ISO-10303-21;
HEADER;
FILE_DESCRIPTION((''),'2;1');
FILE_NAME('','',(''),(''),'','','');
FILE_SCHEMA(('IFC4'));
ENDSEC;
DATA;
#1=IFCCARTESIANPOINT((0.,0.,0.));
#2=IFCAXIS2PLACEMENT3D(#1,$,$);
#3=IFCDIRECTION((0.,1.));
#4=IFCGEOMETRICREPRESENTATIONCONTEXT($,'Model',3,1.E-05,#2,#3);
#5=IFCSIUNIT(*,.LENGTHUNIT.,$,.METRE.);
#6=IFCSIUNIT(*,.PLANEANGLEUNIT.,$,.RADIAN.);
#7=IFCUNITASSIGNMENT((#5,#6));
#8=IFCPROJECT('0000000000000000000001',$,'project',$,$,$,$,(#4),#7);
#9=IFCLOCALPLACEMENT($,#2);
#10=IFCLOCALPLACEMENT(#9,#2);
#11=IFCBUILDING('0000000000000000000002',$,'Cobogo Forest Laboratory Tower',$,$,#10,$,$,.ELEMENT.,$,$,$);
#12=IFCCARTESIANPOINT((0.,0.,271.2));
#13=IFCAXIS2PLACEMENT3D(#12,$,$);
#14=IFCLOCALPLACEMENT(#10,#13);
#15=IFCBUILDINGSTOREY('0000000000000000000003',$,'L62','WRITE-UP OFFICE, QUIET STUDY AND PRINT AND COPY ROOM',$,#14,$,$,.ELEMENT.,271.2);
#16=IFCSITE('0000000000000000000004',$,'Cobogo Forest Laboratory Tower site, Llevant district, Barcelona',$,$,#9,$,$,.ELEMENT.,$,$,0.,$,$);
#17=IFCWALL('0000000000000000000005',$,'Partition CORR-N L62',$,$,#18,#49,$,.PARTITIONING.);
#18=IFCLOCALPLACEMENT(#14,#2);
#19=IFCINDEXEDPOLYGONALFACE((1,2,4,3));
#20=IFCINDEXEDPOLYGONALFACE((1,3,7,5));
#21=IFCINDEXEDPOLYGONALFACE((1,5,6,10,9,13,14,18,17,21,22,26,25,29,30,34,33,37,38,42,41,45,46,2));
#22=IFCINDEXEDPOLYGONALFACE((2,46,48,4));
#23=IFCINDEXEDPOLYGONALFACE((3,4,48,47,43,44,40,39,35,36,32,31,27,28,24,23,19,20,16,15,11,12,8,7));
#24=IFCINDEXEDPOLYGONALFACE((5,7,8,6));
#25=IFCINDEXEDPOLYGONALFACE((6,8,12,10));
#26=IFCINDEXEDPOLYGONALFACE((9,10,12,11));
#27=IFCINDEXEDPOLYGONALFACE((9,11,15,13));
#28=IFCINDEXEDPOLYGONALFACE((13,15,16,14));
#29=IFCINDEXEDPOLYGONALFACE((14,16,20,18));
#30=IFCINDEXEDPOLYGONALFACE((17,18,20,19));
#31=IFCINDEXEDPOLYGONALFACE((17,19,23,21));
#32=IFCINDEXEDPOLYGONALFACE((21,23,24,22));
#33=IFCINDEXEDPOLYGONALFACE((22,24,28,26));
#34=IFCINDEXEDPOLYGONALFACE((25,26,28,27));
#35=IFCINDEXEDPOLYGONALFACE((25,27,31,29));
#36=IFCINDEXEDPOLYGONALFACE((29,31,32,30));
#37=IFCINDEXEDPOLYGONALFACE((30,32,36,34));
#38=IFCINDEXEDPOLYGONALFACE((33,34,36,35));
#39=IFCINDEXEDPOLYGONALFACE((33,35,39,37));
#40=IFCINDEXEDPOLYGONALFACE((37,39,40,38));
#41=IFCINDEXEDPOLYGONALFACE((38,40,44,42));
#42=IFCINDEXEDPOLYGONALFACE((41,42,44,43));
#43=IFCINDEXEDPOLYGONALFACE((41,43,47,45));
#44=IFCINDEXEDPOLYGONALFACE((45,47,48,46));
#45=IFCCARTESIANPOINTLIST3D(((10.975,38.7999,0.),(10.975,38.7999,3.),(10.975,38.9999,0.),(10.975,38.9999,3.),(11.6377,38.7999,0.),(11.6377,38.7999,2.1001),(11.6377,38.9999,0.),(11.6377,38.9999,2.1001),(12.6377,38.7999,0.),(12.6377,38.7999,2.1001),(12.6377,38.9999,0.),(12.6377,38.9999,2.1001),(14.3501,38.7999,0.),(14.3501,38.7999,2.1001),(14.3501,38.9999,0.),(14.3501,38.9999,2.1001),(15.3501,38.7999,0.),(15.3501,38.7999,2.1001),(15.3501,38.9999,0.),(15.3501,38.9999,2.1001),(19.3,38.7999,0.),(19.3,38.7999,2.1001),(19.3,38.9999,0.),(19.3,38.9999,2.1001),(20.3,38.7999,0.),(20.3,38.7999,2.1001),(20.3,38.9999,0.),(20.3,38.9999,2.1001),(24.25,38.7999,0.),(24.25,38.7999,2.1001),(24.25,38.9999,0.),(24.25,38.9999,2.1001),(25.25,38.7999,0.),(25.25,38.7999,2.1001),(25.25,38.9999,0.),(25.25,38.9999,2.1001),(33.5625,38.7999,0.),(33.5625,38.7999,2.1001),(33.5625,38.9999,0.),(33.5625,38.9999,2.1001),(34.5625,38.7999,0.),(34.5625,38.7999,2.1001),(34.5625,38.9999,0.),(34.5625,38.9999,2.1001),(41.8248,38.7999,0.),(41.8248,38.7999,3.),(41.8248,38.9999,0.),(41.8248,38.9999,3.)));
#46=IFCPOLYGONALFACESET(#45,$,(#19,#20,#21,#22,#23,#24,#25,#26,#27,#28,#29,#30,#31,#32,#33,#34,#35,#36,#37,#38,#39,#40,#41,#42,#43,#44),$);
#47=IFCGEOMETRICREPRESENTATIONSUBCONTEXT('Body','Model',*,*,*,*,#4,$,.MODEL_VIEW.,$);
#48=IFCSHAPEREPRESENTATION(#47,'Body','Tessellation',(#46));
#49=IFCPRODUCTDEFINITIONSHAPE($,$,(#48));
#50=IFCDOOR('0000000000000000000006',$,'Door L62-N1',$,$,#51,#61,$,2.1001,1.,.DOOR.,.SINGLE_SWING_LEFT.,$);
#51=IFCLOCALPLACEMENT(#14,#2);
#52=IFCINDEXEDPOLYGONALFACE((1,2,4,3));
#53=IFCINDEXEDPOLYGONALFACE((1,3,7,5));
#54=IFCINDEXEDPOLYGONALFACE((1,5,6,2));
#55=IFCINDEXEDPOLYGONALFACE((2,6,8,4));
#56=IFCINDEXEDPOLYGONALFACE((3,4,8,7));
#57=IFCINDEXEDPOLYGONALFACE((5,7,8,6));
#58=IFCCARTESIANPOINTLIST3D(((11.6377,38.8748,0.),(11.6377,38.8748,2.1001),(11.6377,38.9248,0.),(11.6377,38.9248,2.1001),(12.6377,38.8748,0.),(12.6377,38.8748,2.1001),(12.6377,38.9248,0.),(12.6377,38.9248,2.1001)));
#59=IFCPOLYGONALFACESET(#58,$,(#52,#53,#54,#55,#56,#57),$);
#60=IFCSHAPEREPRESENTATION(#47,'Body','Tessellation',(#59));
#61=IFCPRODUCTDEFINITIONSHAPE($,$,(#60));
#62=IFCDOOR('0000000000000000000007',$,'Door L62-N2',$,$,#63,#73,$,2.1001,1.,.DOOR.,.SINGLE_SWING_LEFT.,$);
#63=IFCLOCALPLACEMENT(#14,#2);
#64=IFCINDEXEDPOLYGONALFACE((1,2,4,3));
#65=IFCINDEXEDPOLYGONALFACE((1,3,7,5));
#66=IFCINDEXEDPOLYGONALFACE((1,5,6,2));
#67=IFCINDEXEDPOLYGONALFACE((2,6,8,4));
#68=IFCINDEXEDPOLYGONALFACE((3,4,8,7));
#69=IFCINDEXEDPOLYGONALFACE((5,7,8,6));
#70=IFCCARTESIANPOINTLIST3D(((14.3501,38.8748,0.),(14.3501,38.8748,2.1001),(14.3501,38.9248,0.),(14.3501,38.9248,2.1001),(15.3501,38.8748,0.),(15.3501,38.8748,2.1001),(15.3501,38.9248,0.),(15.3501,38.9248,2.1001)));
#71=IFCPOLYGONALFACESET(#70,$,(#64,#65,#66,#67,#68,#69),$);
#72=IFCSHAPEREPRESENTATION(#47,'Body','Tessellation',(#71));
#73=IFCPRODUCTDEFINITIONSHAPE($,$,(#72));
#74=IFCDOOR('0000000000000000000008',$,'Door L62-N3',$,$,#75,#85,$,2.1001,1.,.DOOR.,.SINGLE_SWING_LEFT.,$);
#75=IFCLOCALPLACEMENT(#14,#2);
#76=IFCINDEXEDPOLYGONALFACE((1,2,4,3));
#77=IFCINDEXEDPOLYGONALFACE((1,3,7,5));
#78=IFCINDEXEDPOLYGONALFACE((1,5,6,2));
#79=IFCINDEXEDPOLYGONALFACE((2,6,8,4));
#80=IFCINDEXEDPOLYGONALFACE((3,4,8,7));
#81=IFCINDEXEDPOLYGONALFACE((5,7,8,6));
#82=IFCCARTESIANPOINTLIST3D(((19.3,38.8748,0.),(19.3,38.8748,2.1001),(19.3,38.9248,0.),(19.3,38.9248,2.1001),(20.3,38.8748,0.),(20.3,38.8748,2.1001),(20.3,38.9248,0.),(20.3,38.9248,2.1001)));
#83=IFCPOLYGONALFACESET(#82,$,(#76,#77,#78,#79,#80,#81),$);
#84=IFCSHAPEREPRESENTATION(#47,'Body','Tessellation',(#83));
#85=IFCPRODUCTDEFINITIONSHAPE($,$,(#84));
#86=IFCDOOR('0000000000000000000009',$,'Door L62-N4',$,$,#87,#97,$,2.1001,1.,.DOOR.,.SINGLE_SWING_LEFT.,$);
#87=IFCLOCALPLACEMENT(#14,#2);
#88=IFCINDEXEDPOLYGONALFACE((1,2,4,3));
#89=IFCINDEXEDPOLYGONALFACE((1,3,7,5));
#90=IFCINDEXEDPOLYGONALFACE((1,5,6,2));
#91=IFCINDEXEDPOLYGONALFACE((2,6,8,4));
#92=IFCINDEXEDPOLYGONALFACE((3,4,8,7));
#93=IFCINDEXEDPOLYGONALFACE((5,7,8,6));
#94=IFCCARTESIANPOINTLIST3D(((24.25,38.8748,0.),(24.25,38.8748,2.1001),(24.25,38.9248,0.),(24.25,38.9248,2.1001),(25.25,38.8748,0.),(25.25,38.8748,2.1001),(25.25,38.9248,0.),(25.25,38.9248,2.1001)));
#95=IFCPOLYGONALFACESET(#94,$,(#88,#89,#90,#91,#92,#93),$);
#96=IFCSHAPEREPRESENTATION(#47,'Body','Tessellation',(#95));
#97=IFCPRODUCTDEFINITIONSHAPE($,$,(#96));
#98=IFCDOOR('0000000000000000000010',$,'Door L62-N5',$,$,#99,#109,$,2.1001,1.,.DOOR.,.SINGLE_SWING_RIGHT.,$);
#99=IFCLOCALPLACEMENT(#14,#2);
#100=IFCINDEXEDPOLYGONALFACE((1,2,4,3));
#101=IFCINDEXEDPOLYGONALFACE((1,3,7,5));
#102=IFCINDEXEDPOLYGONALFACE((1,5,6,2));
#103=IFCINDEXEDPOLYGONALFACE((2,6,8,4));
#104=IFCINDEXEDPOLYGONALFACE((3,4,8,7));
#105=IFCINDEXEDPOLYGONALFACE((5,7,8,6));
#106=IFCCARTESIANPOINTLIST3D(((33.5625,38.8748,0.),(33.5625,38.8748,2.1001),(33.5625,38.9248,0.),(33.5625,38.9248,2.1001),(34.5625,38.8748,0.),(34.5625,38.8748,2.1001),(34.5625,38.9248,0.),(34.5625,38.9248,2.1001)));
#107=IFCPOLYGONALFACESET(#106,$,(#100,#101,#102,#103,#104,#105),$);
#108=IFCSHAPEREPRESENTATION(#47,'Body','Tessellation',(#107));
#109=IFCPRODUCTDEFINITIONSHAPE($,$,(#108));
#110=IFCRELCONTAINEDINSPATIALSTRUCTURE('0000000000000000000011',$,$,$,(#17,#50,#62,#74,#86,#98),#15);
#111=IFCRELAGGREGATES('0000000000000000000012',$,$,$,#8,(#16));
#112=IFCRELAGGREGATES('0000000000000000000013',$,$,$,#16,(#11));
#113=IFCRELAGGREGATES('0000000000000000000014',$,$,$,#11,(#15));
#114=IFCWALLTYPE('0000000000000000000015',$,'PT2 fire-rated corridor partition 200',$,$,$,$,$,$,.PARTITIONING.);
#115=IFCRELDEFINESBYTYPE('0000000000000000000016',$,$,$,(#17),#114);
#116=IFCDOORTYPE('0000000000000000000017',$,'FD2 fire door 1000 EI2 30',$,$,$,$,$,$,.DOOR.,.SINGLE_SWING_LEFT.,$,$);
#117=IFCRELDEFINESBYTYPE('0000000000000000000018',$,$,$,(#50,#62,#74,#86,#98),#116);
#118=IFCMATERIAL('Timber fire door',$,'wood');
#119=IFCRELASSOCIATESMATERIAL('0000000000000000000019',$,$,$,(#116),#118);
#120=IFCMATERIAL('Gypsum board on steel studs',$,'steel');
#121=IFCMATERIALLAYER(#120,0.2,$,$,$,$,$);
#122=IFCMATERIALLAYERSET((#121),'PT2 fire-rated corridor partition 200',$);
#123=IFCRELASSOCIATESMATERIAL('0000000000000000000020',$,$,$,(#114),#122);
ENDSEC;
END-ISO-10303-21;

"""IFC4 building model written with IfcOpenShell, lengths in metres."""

from ifc_helpers import new_model, si_unit, direction, frame, frame_2d, origin, place, context, subcontext, project, spatial, rectangle, extrude, material, layer, layer_set, type_object, element, fill, save


model = new_model("IFC4")

# Units and contexts
model_context = context("Model", 3, precision=1e-05, world=origin(), true_north=direction((0.0, 1.0)))
body_context = subcontext(model_context, "Body", "Model", "MODEL_VIEW")
ifc_project = project(units=[si_unit("LENGTHUNIT", "METRE"), si_unit("PLANEANGLEUNIT", "RADIAN")], contexts=[model_context])

# Site, building, storey
site_placement = place(None, origin())
site = spatial("IfcSite", under=ifc_project, at=site_placement, Name="Cobogo Forest Laboratory Tower site, Llevant district, Barcelona", CompositionType="ELEMENT", RefElevation=0.0)
building_placement = place(site_placement, origin())
building = spatial("IfcBuilding", under=site, at=building_placement, Name="Cobogo Forest Laboratory Tower", CompositionType="ELEMENT")
storey_placement = place(building_placement, frame((0.0, 0.0, 271.2)))
storey = spatial("IfcBuildingStorey", under=building, at=storey_placement, Name="L62", Description="WRITE-UP OFFICE, QUIET STUDY AND PRINT AND COPY ROOM", CompositionType="ELEMENT", Elevation=271.2)

# Shared definitions
ifc_material_1 = material(Name="Gypsum board on steel studs", Category="steel")
ifc_material_2 = material(Name="Timber fire door", Category="wood")
door_type_1 = type_object("IfcDoorType", Name="FD2 fire door 1000 EI2 30", OperationType="SINGLE_SWING_LEFT", PredefinedType="DOOR", material=ifc_material_2)

# Wall, openings, doors
ifc_layer_1 = layer(ifc_material_1, 0.2)
ifc_layer_set_1 = layer_set([ifc_layer_1], Name="PT2 fire-rated corridor partition 200")
wall_type_1 = type_object("IfcWallType", Name="PT2 fire-rated corridor partition 200", PredefinedType="PARTITIONING", material=ifc_layer_set_1)
wall_1_placement = place(storey_placement, frame((10.9751, 38.8999, 0.0), z_axis=(0.0, 0.0, 1.0), x_axis=(1.0, 0.0, 0.0)))
wall_1 = element("IfcWall", 1, at=wall_1_placement, inside=storey, type_object=wall_type_1, Name="Partition CORR-N L62", PredefinedType="PARTITIONING", context=body_context, shape_type="SweptSolid", body=[
    extrude(rectangle(XDim=30.8499, YDim=0.2, at=frame_2d((15.4248, 0.0))), origin(), (0.0, 0.0, 1.0), 3.0),
])
opening_1_placement = place(wall_1_placement, frame((0.6626, 0.0, 0.0)))
opening_1 = element("IfcOpeningElement", 2, at=opening_1_placement, cuts=wall_1, PredefinedType="OPENING", context=body_context, shape_type="SweptSolid", body=[
    extrude(rectangle(XDim=1.0, YDim=2.1001, at=frame_2d((0.5, 1.05))), frame((0.0, 0.1099, 0.0), z_axis=(0.0, -1.0, 0.0), x_axis=(1.0, 0.0, 0.0)), (0.0, 0.0, 1.0), 0.22),
])
opening_2_placement = place(wall_1_placement, frame((3.375, 0.0, 0.0)))
opening_2 = element("IfcOpeningElement", 3, at=opening_2_placement, cuts=wall_1, PredefinedType="OPENING", context=body_context, shape_type="SweptSolid", body=[
    extrude(rectangle(XDim=1.0, YDim=2.1001, at=frame_2d((0.5, 1.05))), frame((0.0, 0.1099, 0.0), z_axis=(0.0, -1.0, 0.0), x_axis=(1.0, 0.0, 0.0)), (0.0, 0.0, 1.0), 0.22),
])
opening_3_placement = place(wall_1_placement, frame((8.325, 0.0, 0.0)))
opening_3 = element("IfcOpeningElement", 4, at=opening_3_placement, cuts=wall_1, PredefinedType="OPENING", context=body_context, shape_type="SweptSolid", body=[
    extrude(rectangle(XDim=1.0, YDim=2.1001, at=frame_2d((0.5, 1.05))), frame((0.0, 0.1099, 0.0), z_axis=(0.0, -1.0, 0.0), x_axis=(1.0, 0.0, 0.0)), (0.0, 0.0, 1.0), 0.22),
])
opening_4_placement = place(wall_1_placement, frame((13.2749, 0.0, 0.0)))
opening_4 = element("IfcOpeningElement", 5, at=opening_4_placement, cuts=wall_1, PredefinedType="OPENING", context=body_context, shape_type="SweptSolid", body=[
    extrude(rectangle(XDim=1.0, YDim=2.1001, at=frame_2d((0.5, 1.05))), frame((0.0, 0.1099, 0.0), z_axis=(0.0, -1.0, 0.0), x_axis=(1.0, 0.0, 0.0)), (0.0, 0.0, 1.0), 0.22),
])
opening_5_placement = place(wall_1_placement, frame((22.5874, 0.0, 0.0)))
opening_5 = element("IfcOpeningElement", 6, at=opening_5_placement, cuts=wall_1, PredefinedType="OPENING", context=body_context, shape_type="SweptSolid", body=[
    extrude(rectangle(XDim=1.0, YDim=2.1001, at=frame_2d((0.5, 1.05))), frame((0.0, 0.1099, 0.0), z_axis=(0.0, -1.0, 0.0), x_axis=(1.0, 0.0, 0.0)), (0.0, 0.0, 1.0), 0.22),
])
door_1_placement = place(opening_1_placement, origin())
door_1 = element("IfcDoor", 7, at=door_1_placement, inside=storey, type_object=door_type_1, Name="Door L62-N1", OperationType="SINGLE_SWING_LEFT", OverallHeight=2.1001, OverallWidth=1.0, PredefinedType="DOOR", context=body_context, shape_type="SweptSolid", body=[
    extrude(rectangle(XDim=1.0, YDim=2.1001, at=frame_2d((0.5, 1.05))), frame((0.0, 0.0249, 0.0), z_axis=(0.0, -1.0, 0.0), x_axis=(1.0, 0.0, 0.0)), (0.0, 0.0, 1.0), 0.05),
])
fill(opening_1, door_1)
door_2_placement = place(opening_2_placement, origin())
door_2 = element("IfcDoor", 8, at=door_2_placement, inside=storey, type_object=door_type_1, Name="Door L62-N2", OperationType="SINGLE_SWING_LEFT", OverallHeight=2.1001, OverallWidth=1.0, PredefinedType="DOOR", context=body_context, shape_type="SweptSolid", body=[
    extrude(rectangle(XDim=1.0, YDim=2.1001, at=frame_2d((0.5, 1.05))), frame((0.0, 0.0249, 0.0), z_axis=(0.0, -1.0, 0.0), x_axis=(1.0, 0.0, 0.0)), (0.0, 0.0, 1.0), 0.05),
])
fill(opening_2, door_2)
door_3_placement = place(opening_3_placement, origin())
door_3 = element("IfcDoor", 9, at=door_3_placement, inside=storey, type_object=door_type_1, Name="Door L62-N3", OperationType="SINGLE_SWING_LEFT", OverallHeight=2.1001, OverallWidth=1.0, PredefinedType="DOOR", context=body_context, shape_type="SweptSolid", body=[
    extrude(rectangle(XDim=1.0, YDim=2.1001, at=frame_2d((0.5, 1.05))), frame((0.0, 0.0249, 0.0), z_axis=(0.0, -1.0, 0.0), x_axis=(1.0, 0.0, 0.0)), (0.0, 0.0, 1.0), 0.05),
])
fill(opening_3, door_3)
door_4_placement = place(opening_4_placement, origin())
door_4 = element("IfcDoor", 10, at=door_4_placement, inside=storey, type_object=door_type_1, Name="Door L62-N4", OperationType="SINGLE_SWING_LEFT", OverallHeight=2.1001, OverallWidth=1.0, PredefinedType="DOOR", context=body_context, shape_type="SweptSolid", body=[
    extrude(rectangle(XDim=1.0, YDim=2.1001, at=frame_2d((0.5, 1.05))), frame((0.0, 0.0249, 0.0), z_axis=(0.0, -1.0, 0.0), x_axis=(1.0, 0.0, 0.0)), (0.0, 0.0, 1.0), 0.05),
])
fill(opening_4, door_4)
door_5_placement = place(opening_5_placement, origin())
door_5 = element("IfcDoor", 11, at=door_5_placement, inside=storey, type_object=door_type_1, Name="Door L62-N5", OperationType="SINGLE_SWING_RIGHT", OverallHeight=2.1001, OverallWidth=1.0, PredefinedType="DOOR", context=body_context, shape_type="SweptSolid", body=[
    extrude(rectangle(XDim=1.0, YDim=2.1001, at=frame_2d((0.5, 1.05))), frame((0.0, 0.0249, 0.0), z_axis=(0.0, -1.0, 0.0), x_axis=(1.0, 0.0, 0.0)), (0.0, 0.0, 1.0), 0.05),
])
fill(opening_5, door_5)

save(model, "model.ifc")
